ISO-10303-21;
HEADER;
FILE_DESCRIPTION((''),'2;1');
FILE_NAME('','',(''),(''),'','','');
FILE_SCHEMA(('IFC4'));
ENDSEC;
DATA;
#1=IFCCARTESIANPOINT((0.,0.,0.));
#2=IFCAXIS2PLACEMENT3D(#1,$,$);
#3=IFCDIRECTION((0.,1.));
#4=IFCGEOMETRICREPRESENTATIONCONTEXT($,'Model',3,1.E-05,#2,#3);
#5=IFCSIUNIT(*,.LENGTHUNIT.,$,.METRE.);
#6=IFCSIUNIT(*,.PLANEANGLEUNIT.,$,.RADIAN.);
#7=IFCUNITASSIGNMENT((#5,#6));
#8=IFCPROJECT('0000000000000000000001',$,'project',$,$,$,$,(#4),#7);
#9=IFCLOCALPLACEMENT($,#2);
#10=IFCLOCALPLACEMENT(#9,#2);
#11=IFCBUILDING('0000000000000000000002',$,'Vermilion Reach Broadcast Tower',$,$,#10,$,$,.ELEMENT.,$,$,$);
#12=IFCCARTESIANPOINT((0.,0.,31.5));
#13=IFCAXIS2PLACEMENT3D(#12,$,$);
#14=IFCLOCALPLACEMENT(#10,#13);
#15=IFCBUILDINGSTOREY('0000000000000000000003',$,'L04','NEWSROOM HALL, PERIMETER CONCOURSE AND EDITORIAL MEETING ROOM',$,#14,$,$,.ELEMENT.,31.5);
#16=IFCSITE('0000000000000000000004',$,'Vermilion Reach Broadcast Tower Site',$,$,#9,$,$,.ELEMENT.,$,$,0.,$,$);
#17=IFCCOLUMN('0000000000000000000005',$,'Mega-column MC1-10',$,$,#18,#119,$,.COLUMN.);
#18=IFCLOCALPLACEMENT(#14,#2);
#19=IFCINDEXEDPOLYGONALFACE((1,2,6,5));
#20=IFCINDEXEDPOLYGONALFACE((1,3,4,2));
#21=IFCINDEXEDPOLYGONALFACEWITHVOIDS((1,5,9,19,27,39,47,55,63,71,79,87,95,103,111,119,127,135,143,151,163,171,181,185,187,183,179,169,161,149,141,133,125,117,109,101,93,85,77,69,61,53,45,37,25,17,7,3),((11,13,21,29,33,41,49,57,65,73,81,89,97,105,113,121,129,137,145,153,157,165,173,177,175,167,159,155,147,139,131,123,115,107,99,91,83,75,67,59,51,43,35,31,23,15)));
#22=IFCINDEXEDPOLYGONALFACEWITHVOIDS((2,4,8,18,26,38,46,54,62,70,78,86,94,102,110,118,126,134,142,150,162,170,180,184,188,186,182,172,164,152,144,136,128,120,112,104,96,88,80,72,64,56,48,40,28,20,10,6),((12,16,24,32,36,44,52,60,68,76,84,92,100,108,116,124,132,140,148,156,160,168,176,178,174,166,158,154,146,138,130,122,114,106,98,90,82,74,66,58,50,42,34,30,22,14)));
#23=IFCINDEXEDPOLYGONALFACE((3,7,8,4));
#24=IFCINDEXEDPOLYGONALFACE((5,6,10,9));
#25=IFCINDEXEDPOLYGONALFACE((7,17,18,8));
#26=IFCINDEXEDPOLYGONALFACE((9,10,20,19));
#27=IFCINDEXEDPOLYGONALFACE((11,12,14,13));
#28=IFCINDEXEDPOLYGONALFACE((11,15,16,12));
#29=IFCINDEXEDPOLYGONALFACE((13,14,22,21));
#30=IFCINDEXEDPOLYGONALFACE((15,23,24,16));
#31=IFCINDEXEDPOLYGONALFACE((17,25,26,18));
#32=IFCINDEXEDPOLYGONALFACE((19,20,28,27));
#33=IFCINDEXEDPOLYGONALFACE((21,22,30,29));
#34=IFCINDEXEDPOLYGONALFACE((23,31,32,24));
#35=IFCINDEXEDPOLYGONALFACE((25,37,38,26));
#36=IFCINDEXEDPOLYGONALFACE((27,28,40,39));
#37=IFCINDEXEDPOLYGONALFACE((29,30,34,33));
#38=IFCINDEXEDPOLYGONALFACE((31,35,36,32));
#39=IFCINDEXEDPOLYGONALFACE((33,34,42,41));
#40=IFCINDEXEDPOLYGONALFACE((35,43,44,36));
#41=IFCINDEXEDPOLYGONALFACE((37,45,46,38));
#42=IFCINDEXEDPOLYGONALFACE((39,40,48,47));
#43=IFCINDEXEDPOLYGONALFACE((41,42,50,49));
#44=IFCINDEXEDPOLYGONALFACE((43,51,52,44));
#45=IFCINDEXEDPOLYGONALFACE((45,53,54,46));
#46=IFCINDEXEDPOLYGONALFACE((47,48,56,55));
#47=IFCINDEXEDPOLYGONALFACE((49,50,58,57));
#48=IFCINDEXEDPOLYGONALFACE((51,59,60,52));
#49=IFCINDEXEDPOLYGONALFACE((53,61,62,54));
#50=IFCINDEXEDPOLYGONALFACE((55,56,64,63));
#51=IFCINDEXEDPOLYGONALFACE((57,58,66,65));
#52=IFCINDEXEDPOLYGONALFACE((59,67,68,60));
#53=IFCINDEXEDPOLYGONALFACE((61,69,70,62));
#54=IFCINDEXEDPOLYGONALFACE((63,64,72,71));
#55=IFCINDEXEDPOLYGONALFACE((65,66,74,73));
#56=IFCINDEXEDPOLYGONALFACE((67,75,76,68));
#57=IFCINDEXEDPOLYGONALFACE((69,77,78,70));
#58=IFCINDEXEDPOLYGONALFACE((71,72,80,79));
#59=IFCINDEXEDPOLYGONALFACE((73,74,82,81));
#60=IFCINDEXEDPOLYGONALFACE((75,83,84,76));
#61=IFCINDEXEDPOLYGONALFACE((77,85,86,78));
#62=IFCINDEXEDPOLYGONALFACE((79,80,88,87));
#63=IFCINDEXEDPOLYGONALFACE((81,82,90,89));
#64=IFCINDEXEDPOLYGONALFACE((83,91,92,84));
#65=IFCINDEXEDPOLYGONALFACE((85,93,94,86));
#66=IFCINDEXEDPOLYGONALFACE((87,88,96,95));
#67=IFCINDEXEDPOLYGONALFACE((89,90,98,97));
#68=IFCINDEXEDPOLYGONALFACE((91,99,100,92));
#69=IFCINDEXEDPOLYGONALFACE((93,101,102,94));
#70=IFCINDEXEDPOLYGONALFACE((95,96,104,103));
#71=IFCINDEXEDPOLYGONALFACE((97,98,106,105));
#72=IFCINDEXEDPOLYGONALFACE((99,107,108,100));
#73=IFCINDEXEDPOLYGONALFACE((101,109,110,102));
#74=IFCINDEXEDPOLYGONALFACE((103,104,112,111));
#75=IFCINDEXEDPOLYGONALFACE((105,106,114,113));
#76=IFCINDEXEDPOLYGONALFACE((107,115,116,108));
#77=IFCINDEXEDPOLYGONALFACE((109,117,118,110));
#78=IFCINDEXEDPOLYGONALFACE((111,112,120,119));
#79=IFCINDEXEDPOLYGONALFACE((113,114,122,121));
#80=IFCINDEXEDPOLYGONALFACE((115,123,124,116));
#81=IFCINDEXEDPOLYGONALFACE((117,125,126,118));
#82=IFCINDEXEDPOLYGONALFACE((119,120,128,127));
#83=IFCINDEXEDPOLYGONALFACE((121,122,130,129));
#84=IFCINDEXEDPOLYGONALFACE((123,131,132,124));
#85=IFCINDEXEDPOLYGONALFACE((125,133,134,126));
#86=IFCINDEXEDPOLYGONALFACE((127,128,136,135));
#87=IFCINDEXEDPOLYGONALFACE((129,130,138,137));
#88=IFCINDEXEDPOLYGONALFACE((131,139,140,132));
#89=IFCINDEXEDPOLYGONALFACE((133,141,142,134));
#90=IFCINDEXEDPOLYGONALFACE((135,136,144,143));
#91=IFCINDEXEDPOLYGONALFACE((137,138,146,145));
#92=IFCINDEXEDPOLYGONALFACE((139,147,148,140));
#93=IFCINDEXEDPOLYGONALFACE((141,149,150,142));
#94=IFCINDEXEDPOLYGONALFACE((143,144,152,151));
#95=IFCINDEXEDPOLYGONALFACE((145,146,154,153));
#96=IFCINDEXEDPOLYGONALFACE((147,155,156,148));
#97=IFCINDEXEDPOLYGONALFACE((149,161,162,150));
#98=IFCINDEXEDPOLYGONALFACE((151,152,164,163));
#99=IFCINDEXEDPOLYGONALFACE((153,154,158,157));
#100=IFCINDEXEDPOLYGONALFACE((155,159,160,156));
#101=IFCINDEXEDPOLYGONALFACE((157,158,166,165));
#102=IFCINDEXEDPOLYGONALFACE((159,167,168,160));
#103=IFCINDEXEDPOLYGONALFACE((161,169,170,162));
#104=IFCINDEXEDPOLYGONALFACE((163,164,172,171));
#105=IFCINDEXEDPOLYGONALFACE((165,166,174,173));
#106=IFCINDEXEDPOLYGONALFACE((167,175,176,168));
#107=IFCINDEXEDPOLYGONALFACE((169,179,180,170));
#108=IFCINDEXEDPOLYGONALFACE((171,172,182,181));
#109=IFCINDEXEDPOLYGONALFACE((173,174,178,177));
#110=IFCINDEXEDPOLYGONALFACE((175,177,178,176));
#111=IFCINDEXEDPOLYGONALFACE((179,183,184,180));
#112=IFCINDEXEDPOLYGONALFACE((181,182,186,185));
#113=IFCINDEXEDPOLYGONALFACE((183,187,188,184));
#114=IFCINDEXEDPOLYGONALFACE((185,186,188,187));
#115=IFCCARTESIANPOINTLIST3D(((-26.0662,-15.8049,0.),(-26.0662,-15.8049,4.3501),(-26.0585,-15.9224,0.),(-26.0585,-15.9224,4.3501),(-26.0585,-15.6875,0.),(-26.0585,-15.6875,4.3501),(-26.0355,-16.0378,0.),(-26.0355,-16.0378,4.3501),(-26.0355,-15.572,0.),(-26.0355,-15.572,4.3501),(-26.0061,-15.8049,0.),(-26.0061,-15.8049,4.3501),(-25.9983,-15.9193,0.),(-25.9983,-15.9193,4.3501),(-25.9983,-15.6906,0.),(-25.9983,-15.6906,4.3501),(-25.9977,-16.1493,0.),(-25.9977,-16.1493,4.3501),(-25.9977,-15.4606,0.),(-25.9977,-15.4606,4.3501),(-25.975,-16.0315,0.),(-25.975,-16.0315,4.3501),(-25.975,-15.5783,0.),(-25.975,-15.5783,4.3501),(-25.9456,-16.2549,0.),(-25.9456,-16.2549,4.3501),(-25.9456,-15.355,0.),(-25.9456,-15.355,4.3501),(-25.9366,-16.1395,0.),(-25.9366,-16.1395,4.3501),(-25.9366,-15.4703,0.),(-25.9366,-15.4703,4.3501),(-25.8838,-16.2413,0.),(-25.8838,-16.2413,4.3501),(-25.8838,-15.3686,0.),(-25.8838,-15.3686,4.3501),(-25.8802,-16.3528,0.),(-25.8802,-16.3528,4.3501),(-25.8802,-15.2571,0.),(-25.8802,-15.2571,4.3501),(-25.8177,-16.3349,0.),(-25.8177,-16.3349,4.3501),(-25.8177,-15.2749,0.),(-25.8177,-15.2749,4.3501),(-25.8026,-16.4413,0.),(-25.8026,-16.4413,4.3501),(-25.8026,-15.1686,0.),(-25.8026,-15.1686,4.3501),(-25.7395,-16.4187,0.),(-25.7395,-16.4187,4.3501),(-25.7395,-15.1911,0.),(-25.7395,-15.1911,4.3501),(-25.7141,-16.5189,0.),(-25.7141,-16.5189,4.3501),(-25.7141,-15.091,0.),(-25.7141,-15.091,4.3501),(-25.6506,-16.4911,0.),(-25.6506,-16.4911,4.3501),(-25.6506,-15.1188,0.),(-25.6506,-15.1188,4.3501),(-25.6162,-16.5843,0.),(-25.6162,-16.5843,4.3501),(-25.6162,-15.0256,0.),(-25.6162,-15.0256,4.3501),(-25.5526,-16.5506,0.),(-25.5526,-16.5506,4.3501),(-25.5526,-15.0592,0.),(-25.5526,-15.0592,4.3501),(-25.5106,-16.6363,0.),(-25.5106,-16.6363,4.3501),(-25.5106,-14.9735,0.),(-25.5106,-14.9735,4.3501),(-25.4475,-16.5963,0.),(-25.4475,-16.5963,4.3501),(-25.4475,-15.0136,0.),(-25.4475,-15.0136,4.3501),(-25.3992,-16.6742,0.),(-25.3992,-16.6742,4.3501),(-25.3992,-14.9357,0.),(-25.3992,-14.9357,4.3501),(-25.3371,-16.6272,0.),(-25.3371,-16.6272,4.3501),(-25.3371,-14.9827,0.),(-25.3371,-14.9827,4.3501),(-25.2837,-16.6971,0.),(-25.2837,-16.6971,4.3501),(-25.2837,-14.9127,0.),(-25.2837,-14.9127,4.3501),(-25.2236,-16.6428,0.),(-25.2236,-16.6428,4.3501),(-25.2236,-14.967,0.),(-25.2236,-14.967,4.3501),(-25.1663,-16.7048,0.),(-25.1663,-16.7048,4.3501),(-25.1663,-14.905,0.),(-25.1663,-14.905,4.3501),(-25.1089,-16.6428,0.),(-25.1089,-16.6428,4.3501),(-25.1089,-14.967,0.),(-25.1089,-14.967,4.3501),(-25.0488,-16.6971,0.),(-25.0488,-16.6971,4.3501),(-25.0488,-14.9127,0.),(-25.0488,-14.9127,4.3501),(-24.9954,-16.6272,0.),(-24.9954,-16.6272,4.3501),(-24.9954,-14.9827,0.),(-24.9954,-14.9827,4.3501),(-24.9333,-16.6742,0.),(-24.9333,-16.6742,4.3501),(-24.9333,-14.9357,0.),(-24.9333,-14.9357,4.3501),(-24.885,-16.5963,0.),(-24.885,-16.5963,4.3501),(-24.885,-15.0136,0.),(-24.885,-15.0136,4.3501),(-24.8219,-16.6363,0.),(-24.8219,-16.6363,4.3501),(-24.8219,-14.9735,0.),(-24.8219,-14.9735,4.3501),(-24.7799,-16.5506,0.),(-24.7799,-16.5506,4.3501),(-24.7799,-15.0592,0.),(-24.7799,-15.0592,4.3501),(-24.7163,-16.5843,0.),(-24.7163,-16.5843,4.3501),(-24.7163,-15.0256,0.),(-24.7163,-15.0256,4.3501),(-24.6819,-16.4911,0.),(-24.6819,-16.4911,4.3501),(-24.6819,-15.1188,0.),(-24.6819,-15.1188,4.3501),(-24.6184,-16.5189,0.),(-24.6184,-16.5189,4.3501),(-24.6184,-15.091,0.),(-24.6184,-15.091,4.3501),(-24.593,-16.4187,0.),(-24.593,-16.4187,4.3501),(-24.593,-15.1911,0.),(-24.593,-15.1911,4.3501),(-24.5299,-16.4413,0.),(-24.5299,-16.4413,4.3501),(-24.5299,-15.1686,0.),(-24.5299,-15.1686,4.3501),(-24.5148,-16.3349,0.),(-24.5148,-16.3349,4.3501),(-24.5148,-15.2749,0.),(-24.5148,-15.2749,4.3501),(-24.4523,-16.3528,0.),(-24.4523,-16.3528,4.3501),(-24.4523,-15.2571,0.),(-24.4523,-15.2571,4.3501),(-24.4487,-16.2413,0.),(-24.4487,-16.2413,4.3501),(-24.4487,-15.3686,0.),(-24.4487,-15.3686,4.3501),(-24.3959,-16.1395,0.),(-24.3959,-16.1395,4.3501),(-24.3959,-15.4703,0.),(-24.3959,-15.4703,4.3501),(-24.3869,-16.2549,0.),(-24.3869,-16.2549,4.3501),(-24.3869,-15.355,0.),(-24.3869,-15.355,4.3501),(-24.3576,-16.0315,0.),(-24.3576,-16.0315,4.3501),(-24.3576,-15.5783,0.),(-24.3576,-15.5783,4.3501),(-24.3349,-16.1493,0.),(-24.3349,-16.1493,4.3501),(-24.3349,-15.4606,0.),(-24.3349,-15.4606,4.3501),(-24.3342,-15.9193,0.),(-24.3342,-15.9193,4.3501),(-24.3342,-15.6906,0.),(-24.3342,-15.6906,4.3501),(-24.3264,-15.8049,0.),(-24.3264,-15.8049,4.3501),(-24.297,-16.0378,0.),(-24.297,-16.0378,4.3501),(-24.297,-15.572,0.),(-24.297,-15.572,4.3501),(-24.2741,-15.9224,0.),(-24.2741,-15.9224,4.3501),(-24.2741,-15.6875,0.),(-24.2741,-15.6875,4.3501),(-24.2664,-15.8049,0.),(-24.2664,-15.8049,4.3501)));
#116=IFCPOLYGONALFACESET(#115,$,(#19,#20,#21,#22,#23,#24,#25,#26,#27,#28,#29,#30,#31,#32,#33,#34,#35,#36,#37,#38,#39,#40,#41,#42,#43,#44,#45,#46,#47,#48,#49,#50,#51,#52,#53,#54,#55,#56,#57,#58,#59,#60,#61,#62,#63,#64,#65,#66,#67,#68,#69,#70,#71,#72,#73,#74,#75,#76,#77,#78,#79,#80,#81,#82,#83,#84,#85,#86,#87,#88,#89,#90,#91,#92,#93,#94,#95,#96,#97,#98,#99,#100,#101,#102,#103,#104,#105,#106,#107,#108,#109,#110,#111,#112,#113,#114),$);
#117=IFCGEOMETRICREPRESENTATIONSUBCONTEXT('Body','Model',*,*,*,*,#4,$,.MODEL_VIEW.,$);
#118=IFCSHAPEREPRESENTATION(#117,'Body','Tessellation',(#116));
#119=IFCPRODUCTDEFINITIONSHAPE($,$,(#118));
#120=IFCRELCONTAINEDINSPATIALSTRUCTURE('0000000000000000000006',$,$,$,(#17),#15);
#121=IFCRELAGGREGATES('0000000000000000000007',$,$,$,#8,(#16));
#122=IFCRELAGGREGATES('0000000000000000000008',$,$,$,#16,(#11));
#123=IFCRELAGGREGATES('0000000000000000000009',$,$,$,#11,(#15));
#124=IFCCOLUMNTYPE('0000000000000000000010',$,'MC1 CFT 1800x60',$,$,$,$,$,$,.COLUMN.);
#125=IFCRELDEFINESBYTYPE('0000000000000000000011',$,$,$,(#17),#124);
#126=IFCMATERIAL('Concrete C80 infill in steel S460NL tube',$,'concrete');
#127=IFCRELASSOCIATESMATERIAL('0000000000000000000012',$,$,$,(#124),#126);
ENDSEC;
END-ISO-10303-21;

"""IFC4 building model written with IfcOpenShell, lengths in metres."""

from ifc_helpers import new_model, si_unit, direction, frame, origin, origin_2d, place, context, subcontext, project, spatial, hollow_circle, extrude, material, material_profile, profile_set, type_object, element, save


model = new_model("IFC4")

# Units and contexts
model_context = context("Model", 3, precision=1e-05, world=origin(), true_north=direction((0.0, 1.0)))
body_context = subcontext(model_context, "Body", "Model", "MODEL_VIEW")
ifc_project = project(units=[si_unit("LENGTHUNIT", "METRE"), si_unit("PLANEANGLEUNIT", "RADIAN")], contexts=[model_context])

# Site, building, storey
site_placement = place(None, origin())
site = spatial("IfcSite", under=ifc_project, at=site_placement, Name="Vermilion Reach Broadcast Tower Site", CompositionType="ELEMENT", RefElevation=0.0)
building_placement = place(site_placement, origin())
building = spatial("IfcBuilding", under=site, at=building_placement, Name="Vermilion Reach Broadcast Tower", CompositionType="ELEMENT")
storey_placement = place(building_placement, frame((0.0, 0.0, 31.5)))
storey = spatial("IfcBuildingStorey", under=building, at=storey_placement, Name="L04", Description="NEWSROOM HALL, PERIMETER CONCOURSE AND EDITORIAL MEETING ROOM", CompositionType="ELEMENT", Elevation=31.5)

# Column
ifc_material_1 = material(Name="Concrete C80 infill in steel S460NL tube", Category="concrete")
ifc_material_profile_1 = material_profile(ifc_material_1, hollow_circle(Radius=0.8999, WallThickness=0.0601, at=origin_2d()), Name="Concrete C80 infill in steel S460NL tube CFT 1800x60")
ifc_profile_set_1 = profile_set([ifc_material_profile_1], Name="Concrete C80 infill in steel S460NL tube")
column_type = type_object("IfcColumnType", Name="MC1 CFT 1800x60", PredefinedType="COLUMN", material=ifc_profile_set_1)
for number, where, z_axis, x_axis, name in (
    (1, (-25.1663, -15.8049, 0.0), (0.0, 0.0, 1.0), (1.0, 0.0, 0.0), "Mega-column MC1-10"),
):
    element("IfcColumn", number, at=place(storey_placement, frame(where, z_axis=z_axis, x_axis=x_axis)), inside=storey, type_object=column_type, Name=name, PredefinedType="COLUMN", context=body_context, shape_type="SweptSolid", body=[
        extrude(hollow_circle(Radius=0.8999, WallThickness=0.0601, at=origin_2d()), origin(), (0.0, 0.0, 1.0), 4.3501),
    ])

save(model, "model.ifc")
